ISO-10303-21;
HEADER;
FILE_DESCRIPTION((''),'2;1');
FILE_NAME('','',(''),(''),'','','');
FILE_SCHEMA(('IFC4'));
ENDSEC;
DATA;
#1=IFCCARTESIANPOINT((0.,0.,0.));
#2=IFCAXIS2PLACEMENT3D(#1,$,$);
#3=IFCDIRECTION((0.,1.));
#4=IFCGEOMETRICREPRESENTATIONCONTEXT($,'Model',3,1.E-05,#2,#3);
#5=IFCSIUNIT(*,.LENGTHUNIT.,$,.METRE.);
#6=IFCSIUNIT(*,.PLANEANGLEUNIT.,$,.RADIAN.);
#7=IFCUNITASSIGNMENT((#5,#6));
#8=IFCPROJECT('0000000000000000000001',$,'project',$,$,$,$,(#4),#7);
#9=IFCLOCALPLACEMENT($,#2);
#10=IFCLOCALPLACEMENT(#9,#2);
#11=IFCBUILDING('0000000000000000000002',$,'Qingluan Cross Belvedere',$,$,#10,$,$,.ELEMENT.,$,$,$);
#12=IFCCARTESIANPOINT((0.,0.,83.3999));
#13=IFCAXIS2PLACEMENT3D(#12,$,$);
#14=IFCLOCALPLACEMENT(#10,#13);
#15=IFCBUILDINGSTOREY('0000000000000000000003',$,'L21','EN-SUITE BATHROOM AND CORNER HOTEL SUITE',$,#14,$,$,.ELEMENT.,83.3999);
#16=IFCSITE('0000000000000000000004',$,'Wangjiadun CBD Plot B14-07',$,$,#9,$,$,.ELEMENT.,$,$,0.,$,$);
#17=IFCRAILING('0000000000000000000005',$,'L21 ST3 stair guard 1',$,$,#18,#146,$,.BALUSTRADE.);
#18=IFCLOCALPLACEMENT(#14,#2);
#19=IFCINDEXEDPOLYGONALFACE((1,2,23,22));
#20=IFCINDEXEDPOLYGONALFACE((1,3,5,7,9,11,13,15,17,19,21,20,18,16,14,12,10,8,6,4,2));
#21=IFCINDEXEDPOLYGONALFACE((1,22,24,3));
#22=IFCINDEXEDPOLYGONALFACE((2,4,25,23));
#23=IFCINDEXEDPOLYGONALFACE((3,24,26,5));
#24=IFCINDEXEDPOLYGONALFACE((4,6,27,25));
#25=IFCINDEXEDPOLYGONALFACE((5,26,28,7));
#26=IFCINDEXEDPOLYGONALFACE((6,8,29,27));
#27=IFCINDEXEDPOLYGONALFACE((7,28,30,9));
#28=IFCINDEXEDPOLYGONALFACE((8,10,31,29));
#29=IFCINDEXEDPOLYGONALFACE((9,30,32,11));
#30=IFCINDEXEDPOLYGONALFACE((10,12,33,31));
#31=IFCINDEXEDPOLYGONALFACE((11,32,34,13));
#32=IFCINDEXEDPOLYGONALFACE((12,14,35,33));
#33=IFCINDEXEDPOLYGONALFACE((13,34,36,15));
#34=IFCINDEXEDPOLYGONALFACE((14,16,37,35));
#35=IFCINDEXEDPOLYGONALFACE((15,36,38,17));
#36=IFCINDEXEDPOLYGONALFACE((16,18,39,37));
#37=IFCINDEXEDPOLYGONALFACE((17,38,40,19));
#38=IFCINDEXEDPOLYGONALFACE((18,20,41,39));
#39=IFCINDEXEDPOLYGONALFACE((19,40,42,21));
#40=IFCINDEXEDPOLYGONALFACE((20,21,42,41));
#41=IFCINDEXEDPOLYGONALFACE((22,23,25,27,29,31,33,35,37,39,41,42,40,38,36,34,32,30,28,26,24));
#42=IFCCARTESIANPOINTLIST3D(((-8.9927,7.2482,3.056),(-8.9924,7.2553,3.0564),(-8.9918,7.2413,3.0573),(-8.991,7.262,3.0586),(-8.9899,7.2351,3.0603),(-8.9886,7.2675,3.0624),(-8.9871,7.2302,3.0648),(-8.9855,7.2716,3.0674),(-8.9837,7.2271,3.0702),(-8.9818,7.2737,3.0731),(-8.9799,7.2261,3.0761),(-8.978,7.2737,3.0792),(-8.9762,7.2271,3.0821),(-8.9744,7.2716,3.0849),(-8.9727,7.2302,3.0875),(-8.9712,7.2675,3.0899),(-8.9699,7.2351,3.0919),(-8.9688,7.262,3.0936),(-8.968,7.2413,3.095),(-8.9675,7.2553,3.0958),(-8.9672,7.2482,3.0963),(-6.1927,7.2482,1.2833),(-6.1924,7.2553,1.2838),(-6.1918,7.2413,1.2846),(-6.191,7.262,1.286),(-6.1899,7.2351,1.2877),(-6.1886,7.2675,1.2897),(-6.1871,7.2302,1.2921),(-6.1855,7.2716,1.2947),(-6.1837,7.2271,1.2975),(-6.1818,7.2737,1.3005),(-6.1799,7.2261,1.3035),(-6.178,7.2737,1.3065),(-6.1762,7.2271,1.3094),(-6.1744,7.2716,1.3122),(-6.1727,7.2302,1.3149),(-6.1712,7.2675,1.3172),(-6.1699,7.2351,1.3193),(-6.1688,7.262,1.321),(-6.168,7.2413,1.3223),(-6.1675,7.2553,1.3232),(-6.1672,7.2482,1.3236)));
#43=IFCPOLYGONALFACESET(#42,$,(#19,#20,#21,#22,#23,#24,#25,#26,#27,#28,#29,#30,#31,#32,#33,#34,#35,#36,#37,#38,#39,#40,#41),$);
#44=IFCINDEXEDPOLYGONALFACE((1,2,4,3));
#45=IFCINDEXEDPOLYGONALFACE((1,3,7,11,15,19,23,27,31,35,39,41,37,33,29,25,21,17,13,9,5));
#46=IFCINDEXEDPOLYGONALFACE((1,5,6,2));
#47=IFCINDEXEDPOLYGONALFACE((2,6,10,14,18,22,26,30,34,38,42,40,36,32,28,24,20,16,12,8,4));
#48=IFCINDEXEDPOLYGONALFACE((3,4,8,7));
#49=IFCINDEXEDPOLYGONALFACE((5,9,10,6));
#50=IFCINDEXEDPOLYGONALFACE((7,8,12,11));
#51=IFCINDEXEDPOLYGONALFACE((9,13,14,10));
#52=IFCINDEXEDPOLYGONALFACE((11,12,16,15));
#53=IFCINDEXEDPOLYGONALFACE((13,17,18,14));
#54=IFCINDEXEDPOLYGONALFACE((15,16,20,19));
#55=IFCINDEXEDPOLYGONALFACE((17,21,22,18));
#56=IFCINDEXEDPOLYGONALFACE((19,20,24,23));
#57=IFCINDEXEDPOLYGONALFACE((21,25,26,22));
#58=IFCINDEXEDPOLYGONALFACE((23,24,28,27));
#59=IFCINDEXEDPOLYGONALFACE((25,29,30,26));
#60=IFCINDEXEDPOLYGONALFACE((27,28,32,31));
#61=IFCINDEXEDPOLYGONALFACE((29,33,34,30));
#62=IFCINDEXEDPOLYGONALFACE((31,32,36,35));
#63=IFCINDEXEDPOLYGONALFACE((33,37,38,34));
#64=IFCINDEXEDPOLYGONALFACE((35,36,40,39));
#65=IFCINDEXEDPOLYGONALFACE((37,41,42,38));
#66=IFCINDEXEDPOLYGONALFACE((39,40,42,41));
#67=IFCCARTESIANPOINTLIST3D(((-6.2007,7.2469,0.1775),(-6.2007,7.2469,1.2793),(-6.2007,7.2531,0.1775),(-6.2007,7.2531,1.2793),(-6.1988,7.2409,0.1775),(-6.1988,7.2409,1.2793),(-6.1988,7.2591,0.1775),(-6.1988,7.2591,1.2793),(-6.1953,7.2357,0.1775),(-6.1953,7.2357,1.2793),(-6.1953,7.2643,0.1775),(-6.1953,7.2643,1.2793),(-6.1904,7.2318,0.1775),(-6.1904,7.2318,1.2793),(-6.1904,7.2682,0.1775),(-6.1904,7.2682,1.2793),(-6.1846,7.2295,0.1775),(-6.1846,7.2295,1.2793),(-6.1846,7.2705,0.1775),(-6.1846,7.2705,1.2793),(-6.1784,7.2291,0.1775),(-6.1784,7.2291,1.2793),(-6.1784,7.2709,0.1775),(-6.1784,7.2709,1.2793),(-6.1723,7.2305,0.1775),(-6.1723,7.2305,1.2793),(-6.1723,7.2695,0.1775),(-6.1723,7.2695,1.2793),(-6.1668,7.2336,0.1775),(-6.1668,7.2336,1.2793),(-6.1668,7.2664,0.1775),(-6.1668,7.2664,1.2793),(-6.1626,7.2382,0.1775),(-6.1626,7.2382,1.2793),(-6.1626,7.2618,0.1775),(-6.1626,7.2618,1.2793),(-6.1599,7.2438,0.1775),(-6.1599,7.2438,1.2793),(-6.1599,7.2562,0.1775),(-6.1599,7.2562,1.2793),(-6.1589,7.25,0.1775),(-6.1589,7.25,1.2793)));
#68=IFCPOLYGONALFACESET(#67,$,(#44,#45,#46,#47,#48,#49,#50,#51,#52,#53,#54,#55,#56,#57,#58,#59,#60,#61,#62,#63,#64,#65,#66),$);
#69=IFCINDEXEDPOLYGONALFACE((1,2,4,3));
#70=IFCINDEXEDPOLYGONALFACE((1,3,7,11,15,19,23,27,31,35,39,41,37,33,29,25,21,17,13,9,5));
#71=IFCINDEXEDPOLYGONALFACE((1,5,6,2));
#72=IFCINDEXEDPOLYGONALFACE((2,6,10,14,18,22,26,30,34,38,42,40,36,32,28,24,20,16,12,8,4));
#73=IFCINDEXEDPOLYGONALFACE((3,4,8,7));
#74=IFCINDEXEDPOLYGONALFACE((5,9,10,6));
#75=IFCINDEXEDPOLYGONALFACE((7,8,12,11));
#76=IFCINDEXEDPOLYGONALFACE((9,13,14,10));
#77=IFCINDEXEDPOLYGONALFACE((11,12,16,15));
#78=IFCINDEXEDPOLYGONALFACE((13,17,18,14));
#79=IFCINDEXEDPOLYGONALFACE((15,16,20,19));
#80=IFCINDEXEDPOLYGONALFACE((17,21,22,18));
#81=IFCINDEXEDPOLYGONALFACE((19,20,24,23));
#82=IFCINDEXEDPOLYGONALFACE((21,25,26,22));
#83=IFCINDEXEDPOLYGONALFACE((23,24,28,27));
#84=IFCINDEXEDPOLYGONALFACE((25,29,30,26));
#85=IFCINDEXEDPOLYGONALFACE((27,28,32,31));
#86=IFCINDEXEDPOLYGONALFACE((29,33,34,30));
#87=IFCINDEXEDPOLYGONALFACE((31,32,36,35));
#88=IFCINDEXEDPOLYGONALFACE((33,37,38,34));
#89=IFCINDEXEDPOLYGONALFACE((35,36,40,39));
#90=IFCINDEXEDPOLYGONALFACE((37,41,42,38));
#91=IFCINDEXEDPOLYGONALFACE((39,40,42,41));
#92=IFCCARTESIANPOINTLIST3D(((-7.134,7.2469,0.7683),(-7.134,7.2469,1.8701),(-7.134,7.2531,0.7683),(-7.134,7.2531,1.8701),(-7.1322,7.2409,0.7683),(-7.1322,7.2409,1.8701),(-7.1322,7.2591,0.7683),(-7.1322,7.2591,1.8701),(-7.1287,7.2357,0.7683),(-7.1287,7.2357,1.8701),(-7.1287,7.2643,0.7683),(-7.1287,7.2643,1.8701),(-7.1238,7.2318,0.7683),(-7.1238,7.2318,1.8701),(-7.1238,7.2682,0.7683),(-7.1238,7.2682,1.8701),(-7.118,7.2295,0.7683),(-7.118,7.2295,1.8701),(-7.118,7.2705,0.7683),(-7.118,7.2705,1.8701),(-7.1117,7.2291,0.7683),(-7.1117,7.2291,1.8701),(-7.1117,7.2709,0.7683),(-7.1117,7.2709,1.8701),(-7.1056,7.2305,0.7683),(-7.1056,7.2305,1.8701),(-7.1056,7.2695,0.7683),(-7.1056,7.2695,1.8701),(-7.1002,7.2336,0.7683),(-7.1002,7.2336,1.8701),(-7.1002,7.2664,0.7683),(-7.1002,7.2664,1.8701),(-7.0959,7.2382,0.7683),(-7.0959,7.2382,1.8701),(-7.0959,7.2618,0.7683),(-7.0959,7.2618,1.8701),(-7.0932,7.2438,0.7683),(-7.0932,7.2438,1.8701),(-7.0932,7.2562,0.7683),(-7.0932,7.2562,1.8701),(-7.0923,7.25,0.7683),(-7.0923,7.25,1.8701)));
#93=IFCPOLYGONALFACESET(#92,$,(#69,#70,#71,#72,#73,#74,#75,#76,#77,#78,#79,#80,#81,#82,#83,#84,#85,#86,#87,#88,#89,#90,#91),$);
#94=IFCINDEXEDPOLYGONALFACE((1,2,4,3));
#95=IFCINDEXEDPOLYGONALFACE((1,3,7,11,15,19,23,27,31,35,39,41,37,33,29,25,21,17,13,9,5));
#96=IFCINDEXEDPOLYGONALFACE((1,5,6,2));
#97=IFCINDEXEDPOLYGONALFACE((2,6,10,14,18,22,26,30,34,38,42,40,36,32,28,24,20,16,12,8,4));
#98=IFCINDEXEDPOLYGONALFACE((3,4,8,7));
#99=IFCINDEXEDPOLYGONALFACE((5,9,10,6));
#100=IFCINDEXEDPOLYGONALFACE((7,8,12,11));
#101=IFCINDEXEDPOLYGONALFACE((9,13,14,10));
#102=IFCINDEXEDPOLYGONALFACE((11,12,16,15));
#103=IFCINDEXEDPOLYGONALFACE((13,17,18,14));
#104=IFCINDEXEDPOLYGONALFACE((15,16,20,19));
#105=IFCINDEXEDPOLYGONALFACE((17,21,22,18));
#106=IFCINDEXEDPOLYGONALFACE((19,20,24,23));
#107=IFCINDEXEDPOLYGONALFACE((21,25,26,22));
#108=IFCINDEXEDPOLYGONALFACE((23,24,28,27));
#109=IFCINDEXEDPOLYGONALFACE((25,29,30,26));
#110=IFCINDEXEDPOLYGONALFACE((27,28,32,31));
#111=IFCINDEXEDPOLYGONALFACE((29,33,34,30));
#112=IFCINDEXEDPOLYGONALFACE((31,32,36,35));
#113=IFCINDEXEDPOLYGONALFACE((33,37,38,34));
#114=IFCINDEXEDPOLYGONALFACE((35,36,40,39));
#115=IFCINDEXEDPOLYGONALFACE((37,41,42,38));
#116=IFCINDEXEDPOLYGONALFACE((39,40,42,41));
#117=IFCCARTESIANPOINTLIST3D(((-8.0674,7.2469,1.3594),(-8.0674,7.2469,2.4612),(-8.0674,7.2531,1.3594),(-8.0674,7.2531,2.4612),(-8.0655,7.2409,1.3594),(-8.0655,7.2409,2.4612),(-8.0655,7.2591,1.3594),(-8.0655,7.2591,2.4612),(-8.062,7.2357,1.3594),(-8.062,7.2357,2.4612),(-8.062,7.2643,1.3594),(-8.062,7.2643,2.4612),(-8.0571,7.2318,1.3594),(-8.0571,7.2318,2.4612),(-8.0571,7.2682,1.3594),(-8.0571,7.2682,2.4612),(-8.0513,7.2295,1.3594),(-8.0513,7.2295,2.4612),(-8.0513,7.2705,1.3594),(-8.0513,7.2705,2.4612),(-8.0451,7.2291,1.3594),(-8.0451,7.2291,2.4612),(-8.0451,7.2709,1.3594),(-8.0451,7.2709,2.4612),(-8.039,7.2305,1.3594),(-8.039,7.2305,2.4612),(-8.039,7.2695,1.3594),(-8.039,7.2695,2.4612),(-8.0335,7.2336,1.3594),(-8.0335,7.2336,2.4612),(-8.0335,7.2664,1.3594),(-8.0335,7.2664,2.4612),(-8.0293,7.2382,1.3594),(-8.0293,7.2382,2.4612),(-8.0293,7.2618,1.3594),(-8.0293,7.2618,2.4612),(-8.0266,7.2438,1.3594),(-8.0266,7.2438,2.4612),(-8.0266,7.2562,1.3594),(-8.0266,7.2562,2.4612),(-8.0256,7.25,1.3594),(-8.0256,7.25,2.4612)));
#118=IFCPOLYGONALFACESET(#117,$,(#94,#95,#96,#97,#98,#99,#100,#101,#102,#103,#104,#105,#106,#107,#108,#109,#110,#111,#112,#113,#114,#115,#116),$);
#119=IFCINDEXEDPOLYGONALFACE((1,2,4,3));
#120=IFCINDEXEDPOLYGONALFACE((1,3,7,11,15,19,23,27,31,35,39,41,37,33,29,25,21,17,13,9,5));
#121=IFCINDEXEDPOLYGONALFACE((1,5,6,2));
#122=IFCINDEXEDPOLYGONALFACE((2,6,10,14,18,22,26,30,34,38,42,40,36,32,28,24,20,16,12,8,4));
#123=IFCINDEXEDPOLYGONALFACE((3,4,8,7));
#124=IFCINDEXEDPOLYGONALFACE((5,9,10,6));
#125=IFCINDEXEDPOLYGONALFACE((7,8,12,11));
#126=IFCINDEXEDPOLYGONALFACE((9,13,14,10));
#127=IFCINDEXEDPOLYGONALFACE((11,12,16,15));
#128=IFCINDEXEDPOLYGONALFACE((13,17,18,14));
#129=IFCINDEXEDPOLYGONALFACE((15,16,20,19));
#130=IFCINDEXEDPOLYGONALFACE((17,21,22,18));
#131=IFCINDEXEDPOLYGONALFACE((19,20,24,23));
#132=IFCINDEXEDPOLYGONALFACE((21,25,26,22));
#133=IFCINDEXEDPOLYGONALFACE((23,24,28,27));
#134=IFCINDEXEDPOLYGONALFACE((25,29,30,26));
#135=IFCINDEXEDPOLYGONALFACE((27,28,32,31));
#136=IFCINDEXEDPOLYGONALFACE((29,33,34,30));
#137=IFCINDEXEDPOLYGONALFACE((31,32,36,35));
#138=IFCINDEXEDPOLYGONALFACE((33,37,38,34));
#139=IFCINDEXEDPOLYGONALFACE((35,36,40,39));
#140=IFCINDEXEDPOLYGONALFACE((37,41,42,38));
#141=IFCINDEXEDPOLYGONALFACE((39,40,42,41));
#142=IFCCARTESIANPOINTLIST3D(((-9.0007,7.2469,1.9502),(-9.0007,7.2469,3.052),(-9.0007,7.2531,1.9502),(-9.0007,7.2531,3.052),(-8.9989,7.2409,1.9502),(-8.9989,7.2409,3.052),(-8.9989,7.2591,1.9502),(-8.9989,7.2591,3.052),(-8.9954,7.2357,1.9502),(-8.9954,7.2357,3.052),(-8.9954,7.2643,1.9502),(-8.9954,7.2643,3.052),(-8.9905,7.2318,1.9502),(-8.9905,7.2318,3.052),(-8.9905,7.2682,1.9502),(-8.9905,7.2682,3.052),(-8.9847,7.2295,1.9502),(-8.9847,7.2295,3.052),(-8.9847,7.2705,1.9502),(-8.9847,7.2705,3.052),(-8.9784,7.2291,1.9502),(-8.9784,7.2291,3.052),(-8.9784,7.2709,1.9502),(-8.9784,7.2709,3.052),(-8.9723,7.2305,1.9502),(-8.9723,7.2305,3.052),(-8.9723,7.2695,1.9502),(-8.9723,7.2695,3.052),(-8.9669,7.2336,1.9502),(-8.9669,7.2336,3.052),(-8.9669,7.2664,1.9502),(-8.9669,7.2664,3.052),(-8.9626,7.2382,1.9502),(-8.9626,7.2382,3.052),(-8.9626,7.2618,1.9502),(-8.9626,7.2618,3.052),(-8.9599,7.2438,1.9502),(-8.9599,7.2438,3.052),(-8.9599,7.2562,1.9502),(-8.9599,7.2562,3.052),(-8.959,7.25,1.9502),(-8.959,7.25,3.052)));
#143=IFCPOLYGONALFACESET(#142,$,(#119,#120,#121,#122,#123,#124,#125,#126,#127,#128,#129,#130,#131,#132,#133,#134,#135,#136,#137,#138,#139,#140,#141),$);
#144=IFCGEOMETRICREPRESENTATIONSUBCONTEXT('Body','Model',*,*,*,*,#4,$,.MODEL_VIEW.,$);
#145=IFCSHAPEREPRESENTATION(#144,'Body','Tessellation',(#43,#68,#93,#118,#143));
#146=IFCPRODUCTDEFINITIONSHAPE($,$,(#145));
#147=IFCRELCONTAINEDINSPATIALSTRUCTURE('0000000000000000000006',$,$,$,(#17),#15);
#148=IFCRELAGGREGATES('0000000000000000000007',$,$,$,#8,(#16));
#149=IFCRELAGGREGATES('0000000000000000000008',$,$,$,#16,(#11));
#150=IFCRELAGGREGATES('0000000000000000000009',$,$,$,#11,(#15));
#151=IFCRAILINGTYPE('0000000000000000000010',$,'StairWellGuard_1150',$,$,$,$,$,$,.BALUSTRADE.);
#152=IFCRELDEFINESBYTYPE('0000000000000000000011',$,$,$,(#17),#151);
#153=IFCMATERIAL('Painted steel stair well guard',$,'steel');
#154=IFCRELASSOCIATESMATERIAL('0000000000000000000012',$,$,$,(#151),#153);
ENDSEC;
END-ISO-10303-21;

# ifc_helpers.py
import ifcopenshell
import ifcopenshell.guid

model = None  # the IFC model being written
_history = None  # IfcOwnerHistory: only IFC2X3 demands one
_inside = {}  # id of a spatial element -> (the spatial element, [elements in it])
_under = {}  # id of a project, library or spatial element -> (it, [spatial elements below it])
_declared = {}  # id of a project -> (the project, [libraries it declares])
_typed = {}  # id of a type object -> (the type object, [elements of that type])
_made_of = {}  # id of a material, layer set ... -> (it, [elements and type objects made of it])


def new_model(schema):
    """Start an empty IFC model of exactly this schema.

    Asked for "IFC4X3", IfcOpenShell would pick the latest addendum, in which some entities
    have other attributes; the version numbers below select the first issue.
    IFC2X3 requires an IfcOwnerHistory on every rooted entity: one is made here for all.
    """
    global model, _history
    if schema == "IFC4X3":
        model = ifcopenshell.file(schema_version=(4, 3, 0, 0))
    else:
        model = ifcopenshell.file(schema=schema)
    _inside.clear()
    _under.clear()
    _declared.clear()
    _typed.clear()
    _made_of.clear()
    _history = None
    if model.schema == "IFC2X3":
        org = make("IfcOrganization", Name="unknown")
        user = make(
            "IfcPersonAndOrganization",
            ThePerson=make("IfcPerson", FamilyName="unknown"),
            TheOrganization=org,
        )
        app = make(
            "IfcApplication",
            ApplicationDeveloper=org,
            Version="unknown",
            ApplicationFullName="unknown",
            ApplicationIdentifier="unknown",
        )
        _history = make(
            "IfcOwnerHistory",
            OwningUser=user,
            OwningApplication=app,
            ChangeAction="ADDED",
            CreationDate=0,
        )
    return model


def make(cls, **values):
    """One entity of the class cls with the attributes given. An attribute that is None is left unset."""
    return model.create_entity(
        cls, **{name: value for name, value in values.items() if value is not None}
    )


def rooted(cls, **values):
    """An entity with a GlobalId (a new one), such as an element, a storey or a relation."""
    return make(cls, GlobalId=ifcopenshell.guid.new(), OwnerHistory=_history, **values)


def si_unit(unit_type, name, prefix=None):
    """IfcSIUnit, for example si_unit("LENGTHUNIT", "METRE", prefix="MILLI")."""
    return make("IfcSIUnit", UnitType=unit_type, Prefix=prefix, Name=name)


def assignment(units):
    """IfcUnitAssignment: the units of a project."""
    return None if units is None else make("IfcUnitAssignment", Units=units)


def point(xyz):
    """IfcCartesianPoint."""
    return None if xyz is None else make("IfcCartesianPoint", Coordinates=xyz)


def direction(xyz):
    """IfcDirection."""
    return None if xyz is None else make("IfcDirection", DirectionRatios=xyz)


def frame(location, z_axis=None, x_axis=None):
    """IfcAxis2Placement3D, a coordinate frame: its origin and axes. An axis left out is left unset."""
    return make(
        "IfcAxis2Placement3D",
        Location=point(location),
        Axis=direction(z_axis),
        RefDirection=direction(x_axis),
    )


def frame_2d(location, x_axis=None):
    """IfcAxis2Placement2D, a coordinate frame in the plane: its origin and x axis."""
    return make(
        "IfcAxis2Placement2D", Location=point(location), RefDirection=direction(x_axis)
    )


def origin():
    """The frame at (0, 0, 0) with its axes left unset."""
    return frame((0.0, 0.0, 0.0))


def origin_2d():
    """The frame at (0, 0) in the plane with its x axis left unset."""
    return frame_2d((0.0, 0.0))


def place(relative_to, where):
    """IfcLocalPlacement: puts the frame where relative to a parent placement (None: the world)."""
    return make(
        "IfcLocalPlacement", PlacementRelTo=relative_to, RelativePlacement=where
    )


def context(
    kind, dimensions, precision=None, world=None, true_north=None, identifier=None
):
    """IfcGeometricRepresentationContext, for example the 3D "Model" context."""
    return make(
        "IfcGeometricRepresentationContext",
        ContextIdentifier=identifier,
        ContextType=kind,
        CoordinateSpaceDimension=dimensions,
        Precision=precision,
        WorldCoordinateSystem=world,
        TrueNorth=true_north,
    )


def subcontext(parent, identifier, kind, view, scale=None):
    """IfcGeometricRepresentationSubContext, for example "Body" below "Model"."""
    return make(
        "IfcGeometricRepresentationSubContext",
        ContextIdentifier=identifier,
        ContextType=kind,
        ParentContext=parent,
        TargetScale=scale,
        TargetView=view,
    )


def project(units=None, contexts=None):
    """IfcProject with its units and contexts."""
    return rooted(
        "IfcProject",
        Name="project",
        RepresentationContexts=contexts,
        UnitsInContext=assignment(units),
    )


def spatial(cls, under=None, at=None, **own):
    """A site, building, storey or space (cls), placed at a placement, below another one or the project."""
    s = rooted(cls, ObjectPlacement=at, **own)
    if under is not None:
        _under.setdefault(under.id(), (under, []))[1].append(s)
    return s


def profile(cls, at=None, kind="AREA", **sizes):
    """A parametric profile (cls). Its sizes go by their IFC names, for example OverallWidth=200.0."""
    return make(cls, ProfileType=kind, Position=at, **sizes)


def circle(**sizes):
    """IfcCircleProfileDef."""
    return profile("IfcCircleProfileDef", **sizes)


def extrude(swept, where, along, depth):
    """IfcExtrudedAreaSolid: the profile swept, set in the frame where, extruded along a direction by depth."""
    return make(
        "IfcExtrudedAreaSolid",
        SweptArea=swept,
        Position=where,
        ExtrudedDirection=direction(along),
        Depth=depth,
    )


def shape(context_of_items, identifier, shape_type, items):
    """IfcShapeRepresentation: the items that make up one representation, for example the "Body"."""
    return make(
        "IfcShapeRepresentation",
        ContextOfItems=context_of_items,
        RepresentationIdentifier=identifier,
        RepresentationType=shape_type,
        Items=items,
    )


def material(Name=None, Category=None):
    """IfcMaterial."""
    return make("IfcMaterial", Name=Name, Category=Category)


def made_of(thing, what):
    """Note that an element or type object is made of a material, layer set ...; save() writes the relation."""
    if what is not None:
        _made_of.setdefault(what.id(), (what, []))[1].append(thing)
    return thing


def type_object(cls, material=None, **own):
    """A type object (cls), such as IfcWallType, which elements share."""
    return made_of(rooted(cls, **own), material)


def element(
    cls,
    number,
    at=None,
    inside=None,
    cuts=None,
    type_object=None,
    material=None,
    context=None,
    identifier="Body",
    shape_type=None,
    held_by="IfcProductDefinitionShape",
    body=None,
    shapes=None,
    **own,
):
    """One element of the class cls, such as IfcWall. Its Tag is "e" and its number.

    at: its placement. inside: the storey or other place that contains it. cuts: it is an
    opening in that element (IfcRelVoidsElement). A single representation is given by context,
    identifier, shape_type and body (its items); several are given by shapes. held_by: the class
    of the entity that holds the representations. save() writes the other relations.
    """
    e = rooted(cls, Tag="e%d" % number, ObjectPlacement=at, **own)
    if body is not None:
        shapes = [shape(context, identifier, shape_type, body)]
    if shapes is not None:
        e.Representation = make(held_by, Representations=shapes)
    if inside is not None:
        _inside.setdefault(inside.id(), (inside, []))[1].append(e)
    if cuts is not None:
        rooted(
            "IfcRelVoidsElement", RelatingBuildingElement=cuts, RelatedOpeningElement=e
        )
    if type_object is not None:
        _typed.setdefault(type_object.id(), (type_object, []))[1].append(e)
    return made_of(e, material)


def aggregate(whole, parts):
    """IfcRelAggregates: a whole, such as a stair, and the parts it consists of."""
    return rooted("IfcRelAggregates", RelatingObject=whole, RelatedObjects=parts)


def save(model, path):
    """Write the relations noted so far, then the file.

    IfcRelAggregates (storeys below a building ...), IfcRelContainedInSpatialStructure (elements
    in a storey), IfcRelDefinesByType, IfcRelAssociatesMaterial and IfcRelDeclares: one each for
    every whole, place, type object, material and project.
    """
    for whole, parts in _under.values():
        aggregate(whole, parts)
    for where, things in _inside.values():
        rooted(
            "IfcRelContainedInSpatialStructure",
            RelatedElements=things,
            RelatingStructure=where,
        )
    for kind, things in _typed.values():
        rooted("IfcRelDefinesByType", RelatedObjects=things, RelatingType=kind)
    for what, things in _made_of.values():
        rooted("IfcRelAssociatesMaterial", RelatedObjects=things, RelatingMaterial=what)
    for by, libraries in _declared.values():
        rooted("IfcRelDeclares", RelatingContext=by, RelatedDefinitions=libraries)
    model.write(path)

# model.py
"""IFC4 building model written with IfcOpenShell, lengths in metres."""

from ifc_helpers import new_model, si_unit, direction, frame, origin, origin_2d, place, context, subcontext, project, spatial, circle, extrude, material, type_object, element, save


model = new_model("IFC4")

# Units and contexts
model_context = context("Model", 3, precision=1e-05, world=origin(), true_north=direction((0.0, 1.0)))
body_context = subcontext(model_context, "Body", "Model", "MODEL_VIEW")
ifc_project = project(units=[si_unit("LENGTHUNIT", "METRE"), si_unit("PLANEANGLEUNIT", "RADIAN")], contexts=[model_context])

# Site, building, storey
site_placement = place(None, origin())
site = spatial("IfcSite", under=ifc_project, at=site_placement, Name="Wangjiadun CBD Plot B14-07", CompositionType="ELEMENT", RefElevation=0.0)
building_placement = place(site_placement, origin())
building = spatial("IfcBuilding", under=site, at=building_placement, Name="Qingluan Cross Belvedere", CompositionType="ELEMENT")
storey_placement = place(building_placement, frame((0.0, 0.0, 83.3999)))
storey = spatial("IfcBuildingStorey", under=building, at=storey_placement, Name="L21", Description="EN-SUITE BATHROOM AND CORNER HOTEL SUITE", CompositionType="ELEMENT", Elevation=83.3999)

# Railing
ifc_material_1 = material(Name="Painted steel stair well guard", Category="steel")
railing_type_1 = type_object("IfcRailingType", Name="StairWellGuard_1150", PredefinedType="BALUSTRADE", material=ifc_material_1)
railing_1_placement = place(storey_placement, frame((-6.1799, 7.25, 0.1775)))
element("IfcRailing", 1, at=railing_1_placement, inside=storey, type_object=railing_type_1, Name="L21 ST3 stair guard 1", PredefinedType="BALUSTRADE", context=body_context, shape_type="SweptSolid", body=[
    extrude(circle(Radius=0.0239, at=origin_2d()), frame((0.0, 0.0, 1.126), z_axis=(-0.844909, 0.0, 0.53491), x_axis=(0.0, -1.0, 0.0)), (0.0, 0.0, 1.0), 3.314),
    extrude(circle(Radius=0.021, at=origin_2d()), origin(), (0.0, 0.0, 1.0), 1.1018),
    extrude(circle(Radius=0.021, at=origin_2d()), frame((-0.9333, 0.0, 0.5908)), (0.0, 0.0, 1.0), 1.1018),
    extrude(circle(Radius=0.021, at=origin_2d()), frame((-1.8667, 0.0, 1.1819)), (0.0, 0.0, 1.0), 1.1018),
    extrude(circle(Radius=0.021, at=origin_2d()), frame((-2.8, 0.0, 1.7727)), (0.0, 0.0, 1.0), 1.1018),
])

save(model, "model.ifc")
